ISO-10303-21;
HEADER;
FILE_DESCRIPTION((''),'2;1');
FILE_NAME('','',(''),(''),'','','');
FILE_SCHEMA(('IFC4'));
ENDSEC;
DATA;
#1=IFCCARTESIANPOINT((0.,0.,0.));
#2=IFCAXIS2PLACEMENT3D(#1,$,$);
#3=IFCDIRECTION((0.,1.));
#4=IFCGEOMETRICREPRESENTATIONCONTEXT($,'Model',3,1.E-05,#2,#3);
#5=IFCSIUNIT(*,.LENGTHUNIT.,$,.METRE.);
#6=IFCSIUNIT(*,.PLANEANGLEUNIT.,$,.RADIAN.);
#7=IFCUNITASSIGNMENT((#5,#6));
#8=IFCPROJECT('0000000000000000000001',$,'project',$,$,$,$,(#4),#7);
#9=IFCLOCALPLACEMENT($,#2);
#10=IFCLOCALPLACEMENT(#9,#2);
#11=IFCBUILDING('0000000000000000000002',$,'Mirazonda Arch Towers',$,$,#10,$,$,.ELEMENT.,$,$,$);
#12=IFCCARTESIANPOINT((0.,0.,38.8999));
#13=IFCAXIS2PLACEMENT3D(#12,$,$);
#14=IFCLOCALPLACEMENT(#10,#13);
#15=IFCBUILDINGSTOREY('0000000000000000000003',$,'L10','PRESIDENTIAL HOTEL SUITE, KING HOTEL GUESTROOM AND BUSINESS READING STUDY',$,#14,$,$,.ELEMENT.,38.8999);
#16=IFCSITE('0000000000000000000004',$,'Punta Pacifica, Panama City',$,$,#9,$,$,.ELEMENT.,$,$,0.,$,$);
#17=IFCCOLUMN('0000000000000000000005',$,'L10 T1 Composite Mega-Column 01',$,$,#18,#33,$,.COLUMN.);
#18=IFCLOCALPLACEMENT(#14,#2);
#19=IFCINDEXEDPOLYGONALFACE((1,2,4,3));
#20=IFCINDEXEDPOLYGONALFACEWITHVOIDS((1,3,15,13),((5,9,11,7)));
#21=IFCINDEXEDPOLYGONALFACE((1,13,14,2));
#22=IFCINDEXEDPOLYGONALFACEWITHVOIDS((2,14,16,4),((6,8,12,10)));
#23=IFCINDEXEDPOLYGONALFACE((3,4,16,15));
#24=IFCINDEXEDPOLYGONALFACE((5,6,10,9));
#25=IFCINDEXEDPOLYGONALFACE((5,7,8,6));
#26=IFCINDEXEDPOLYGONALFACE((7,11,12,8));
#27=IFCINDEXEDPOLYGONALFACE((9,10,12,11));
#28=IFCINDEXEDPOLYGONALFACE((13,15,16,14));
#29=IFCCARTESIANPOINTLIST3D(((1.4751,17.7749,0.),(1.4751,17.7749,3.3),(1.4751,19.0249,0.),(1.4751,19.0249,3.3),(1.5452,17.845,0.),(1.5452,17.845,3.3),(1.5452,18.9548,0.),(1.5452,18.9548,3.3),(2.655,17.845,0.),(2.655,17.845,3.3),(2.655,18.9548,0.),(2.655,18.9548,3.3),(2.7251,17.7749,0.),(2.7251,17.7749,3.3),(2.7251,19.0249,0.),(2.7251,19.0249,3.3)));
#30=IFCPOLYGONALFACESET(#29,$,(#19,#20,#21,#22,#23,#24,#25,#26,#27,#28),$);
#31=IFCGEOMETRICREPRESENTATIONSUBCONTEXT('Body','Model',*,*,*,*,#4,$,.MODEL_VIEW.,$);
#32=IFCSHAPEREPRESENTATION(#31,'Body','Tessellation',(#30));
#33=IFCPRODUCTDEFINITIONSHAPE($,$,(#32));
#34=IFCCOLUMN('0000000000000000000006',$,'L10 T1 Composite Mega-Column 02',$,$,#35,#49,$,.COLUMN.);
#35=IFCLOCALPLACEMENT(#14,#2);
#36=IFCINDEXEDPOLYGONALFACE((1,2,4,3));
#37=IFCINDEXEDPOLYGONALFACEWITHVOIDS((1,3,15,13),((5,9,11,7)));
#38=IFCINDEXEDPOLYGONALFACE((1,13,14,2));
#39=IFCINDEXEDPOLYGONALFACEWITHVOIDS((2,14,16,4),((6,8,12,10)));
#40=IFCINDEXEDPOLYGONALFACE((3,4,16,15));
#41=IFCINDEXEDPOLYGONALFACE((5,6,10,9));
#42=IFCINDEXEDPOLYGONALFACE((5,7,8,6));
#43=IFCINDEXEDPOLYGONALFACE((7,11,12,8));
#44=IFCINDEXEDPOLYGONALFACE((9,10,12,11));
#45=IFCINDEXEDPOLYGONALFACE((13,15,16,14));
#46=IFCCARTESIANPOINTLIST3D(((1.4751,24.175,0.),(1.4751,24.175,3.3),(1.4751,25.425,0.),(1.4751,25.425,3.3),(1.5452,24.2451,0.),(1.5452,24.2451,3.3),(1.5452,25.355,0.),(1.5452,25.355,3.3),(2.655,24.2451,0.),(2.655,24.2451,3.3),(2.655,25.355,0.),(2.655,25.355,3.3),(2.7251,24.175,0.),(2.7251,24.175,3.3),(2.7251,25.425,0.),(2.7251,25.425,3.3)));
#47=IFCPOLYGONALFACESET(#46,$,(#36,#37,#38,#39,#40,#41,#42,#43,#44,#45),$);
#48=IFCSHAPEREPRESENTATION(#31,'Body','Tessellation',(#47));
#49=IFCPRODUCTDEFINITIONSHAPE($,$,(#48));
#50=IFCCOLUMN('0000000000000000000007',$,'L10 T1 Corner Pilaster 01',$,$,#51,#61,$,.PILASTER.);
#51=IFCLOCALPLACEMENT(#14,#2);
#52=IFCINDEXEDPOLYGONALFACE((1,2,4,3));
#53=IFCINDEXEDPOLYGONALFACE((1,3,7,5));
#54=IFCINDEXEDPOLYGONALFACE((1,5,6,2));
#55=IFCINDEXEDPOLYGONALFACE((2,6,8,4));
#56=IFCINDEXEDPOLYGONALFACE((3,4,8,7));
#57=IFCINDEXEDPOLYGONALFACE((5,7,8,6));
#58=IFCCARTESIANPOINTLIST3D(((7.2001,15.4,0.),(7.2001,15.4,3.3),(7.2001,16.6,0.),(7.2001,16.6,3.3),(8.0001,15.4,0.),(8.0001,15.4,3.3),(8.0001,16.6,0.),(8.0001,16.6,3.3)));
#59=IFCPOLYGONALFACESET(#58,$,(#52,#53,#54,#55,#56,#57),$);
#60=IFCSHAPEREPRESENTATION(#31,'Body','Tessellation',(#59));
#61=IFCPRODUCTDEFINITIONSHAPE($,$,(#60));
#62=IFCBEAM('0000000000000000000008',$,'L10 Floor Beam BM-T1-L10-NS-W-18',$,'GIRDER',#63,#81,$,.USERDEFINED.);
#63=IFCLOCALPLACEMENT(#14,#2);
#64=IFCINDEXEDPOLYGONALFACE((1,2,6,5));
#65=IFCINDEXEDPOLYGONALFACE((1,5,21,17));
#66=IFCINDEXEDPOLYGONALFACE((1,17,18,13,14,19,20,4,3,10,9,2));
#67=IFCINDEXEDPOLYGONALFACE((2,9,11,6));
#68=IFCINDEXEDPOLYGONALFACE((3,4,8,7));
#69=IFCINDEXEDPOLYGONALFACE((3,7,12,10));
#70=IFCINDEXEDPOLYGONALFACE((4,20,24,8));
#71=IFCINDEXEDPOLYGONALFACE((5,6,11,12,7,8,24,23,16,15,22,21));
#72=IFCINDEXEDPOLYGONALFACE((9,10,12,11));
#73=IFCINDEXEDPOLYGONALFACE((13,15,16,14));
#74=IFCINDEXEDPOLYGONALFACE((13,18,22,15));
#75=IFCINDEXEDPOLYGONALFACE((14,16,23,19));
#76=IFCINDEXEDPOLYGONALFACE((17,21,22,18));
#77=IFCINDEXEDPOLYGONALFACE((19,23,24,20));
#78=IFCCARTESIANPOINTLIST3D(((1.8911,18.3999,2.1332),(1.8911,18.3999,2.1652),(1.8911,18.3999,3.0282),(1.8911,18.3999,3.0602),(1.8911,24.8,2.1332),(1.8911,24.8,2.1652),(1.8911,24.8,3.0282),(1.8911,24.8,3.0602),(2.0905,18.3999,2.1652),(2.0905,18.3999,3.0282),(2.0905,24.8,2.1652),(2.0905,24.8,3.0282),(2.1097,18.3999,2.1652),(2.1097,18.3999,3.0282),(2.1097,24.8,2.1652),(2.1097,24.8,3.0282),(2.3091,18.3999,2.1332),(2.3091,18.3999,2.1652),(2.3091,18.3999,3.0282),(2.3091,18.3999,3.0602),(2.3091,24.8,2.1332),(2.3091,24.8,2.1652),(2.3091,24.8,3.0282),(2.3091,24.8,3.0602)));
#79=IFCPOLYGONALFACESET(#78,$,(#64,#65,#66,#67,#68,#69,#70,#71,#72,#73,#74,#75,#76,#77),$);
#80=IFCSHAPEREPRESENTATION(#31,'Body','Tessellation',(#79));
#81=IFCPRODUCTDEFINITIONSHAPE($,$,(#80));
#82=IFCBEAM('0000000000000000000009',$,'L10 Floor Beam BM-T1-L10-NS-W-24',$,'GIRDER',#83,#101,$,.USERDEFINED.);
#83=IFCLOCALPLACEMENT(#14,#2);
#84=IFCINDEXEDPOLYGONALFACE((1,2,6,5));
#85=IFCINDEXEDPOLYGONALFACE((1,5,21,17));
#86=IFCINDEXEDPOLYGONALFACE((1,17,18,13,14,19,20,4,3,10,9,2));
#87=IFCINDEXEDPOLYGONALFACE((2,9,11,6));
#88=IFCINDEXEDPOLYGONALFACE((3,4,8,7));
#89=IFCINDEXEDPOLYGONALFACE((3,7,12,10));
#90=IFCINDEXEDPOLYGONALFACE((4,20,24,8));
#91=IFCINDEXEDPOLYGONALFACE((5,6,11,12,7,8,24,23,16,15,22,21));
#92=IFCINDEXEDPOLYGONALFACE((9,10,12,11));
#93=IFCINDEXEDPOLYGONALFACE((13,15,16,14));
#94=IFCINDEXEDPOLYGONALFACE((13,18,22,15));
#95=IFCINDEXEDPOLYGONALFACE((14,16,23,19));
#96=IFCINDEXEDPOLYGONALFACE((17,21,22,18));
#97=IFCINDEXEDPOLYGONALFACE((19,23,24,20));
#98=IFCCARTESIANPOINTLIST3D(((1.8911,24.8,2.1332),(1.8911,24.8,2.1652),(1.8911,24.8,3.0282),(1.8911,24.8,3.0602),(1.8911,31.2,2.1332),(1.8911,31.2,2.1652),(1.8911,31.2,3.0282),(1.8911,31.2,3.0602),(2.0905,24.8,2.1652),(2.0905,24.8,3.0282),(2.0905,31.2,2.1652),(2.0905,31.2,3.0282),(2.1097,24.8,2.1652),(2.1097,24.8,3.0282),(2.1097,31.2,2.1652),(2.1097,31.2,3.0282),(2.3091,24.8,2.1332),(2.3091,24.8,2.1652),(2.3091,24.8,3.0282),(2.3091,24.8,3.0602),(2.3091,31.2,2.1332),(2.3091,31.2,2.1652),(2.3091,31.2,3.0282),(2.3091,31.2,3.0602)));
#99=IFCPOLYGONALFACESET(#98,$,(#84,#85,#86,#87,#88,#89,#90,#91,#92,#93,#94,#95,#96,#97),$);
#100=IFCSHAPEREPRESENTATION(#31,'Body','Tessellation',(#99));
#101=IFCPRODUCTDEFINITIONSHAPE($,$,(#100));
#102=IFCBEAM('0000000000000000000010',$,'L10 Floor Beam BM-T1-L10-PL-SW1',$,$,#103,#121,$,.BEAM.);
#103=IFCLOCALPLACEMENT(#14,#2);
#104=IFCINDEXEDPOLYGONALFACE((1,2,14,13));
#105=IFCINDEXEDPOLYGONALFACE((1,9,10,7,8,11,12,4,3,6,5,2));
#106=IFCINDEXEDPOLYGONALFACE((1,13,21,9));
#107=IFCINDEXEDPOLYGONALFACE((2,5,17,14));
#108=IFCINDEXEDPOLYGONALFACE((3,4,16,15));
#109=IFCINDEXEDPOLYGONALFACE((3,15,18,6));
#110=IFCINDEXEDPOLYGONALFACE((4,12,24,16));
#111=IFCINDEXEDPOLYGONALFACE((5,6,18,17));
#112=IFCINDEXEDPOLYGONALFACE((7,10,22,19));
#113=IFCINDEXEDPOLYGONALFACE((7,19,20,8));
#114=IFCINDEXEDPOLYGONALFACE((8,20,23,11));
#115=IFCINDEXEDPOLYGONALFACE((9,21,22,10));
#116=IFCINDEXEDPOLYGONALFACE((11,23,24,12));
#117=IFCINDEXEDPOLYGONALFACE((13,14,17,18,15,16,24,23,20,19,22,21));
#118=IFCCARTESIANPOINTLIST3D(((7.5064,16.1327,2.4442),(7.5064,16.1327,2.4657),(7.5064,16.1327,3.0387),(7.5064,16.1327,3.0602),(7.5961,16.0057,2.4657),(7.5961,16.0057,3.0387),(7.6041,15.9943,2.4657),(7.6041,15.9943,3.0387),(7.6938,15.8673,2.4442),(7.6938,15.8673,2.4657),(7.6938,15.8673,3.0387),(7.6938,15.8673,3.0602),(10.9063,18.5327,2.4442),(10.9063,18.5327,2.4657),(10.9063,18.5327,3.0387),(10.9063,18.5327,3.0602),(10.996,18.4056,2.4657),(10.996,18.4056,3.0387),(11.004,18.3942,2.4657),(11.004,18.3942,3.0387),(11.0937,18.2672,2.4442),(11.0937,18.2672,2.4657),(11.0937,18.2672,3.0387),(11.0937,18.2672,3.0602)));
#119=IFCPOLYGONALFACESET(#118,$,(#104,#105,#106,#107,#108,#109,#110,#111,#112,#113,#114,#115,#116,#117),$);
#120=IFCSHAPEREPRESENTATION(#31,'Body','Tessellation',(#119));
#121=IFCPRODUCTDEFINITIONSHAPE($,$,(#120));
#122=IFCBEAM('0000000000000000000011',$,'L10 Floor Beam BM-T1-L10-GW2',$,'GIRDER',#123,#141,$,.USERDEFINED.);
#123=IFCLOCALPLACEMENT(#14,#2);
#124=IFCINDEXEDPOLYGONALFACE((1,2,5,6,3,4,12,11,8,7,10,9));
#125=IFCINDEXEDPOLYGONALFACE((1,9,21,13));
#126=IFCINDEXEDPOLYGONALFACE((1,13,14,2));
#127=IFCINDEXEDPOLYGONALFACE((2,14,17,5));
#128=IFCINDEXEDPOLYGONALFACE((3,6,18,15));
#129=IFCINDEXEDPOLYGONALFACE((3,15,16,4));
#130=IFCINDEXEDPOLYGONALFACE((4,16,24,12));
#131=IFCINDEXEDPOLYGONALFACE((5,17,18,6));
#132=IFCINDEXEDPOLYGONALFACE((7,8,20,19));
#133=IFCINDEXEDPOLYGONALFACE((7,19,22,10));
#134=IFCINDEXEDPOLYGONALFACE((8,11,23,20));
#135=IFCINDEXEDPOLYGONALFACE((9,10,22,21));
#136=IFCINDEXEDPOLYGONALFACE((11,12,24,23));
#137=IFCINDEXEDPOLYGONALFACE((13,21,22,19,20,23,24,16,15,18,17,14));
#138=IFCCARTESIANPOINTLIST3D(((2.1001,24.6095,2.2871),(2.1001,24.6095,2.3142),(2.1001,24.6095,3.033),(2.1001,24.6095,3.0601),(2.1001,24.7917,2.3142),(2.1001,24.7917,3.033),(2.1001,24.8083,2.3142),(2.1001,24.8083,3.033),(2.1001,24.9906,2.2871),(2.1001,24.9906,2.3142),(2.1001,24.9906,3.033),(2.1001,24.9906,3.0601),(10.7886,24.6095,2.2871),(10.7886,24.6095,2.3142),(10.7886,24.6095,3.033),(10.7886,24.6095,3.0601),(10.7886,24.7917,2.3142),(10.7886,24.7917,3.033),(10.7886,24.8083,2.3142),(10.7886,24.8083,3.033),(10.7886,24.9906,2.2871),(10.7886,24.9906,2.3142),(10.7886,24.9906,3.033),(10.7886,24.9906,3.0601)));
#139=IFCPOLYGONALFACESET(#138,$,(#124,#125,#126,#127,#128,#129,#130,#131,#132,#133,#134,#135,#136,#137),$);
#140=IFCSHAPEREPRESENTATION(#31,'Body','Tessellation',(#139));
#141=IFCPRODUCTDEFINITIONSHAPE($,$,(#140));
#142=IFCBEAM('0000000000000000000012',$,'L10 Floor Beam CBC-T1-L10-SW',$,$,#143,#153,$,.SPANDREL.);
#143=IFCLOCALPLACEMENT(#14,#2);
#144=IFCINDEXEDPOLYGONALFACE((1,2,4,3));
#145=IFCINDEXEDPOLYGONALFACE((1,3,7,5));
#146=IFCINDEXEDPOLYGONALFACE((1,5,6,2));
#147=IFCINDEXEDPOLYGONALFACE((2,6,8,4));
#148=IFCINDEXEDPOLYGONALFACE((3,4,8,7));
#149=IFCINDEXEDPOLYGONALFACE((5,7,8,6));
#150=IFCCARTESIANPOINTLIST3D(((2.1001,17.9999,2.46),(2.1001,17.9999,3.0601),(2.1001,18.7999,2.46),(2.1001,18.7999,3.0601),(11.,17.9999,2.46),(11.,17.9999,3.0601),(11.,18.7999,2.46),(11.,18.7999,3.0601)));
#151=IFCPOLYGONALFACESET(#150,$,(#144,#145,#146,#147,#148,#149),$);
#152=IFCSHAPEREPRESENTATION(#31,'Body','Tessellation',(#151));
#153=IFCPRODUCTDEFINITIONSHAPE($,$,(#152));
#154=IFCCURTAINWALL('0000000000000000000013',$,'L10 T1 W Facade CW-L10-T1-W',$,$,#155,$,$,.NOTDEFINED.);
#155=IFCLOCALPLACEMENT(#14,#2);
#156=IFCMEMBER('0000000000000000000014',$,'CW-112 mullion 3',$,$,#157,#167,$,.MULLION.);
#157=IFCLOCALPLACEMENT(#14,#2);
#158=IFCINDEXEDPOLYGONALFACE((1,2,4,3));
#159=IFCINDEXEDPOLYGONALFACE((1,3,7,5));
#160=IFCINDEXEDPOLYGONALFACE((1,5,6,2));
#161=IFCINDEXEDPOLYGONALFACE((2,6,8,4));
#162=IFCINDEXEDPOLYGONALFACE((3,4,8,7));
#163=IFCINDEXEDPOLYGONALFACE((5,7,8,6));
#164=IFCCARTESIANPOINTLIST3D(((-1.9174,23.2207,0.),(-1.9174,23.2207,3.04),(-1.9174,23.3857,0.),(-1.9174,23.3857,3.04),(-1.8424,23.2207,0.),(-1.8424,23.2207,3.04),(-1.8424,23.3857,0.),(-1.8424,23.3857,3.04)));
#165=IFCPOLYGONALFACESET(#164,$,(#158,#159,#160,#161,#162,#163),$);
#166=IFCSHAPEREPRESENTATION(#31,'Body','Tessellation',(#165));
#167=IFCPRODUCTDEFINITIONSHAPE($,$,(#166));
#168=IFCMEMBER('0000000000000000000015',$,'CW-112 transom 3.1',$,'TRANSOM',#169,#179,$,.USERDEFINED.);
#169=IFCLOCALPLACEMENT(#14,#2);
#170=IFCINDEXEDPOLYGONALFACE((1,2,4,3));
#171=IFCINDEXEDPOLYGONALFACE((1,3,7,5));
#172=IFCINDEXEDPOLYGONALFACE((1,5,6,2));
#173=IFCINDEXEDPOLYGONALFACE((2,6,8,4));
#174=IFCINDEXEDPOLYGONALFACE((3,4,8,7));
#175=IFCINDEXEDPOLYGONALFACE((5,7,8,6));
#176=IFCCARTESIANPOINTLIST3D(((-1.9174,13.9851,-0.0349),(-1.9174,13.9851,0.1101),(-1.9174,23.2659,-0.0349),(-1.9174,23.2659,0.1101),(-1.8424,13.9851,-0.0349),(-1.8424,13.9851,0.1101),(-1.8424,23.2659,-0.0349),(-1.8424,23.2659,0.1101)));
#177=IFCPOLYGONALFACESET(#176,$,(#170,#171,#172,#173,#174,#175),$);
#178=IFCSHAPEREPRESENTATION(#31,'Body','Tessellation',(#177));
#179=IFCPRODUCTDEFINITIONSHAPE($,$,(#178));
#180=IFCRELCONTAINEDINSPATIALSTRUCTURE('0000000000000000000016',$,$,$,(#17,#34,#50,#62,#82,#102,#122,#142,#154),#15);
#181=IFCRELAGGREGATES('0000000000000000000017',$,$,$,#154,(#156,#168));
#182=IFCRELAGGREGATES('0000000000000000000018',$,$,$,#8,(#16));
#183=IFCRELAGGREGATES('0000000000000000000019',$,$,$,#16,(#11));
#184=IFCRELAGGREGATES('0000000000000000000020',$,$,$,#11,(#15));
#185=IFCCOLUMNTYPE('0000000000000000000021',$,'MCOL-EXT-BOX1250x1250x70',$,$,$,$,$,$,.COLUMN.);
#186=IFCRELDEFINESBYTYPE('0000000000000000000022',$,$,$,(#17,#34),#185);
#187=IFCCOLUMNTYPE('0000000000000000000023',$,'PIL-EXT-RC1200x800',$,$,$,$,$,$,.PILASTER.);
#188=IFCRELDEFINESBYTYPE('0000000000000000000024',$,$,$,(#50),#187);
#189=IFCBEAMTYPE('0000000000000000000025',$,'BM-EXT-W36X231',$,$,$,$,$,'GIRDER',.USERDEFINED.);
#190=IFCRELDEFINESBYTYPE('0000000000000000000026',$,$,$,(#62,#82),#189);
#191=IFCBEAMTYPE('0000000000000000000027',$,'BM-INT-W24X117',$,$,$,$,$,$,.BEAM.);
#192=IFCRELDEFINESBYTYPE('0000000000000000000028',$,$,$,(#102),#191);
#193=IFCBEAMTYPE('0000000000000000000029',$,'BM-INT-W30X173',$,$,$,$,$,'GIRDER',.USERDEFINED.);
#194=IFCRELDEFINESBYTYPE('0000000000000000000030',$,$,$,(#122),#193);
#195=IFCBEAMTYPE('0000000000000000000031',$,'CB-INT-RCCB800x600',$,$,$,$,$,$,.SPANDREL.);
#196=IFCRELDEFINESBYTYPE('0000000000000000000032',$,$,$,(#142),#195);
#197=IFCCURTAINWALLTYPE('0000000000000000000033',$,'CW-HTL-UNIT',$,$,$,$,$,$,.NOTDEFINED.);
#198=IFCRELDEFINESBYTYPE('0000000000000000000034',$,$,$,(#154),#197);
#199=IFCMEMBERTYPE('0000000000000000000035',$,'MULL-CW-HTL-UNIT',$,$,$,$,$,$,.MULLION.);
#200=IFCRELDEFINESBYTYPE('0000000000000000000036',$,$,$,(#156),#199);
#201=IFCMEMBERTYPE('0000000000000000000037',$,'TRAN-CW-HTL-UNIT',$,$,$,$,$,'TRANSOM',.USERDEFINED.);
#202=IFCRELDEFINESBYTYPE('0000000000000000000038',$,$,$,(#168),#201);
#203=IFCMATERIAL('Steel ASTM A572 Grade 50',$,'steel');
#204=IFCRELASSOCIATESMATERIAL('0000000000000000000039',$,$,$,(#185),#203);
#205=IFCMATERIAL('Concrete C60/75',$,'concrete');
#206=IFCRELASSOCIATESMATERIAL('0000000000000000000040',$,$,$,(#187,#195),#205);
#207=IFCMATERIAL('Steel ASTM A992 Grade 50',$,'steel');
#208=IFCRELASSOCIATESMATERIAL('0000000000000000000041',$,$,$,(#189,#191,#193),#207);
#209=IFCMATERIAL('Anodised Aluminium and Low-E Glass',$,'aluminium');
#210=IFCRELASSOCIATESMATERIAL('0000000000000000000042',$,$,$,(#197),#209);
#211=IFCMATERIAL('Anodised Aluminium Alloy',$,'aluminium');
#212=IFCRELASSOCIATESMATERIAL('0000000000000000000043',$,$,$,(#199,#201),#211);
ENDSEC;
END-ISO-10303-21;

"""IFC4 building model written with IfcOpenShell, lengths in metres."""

from ifc_helpers import new_model, si_unit, direction, frame, origin, origin_2d, place, context, subcontext, project, spatial, rectangle, hollow_rectangle, i_section, extrude, material, material_profile, profile_set, type_object, element, aggregate, save


model = new_model("IFC4")

# Units and contexts
model_context = context("Model", 3, precision=1e-05, world=origin(), true_north=direction((0.0, 1.0)))
body_context = subcontext(model_context, "Body", "Model", "MODEL_VIEW")
ifc_project = project(units=[si_unit("LENGTHUNIT", "METRE"), si_unit("PLANEANGLEUNIT", "RADIAN")], contexts=[model_context])

# Site, building, storey
site_placement = place(None, origin())
site = spatial("IfcSite", under=ifc_project, at=site_placement, Name="Punta Pacifica, Panama City", CompositionType="ELEMENT", RefElevation=0.0)
building_placement = place(site_placement, origin())
building = spatial("IfcBuilding", under=site, at=building_placement, Name="Mirazonda Arch Towers", CompositionType="ELEMENT")
storey_placement = place(building_placement, frame((0.0, 0.0, 38.8999)))
storey = spatial("IfcBuildingStorey", under=building, at=storey_placement, Name="L10", Description="PRESIDENTIAL HOTEL SUITE, KING HOTEL GUESTROOM AND BUSINESS READING STUDY", CompositionType="ELEMENT", Elevation=38.8999)

# Columns
ifc_material_1 = material(Name="Steel ASTM A572 Grade 50", Category="steel")
ifc_material_profile_1 = material_profile(ifc_material_1, hollow_rectangle(XDim=1.25, YDim=1.25, WallThickness=0.0701, at=origin_2d()), Name="BOX1250x1250x70")
ifc_profile_set_1 = profile_set([ifc_material_profile_1], Name="Steel ASTM A572 Grade 50")
column_type_1 = type_object("IfcColumnType", Name="MCOL-EXT-BOX1250x1250x70", PredefinedType="COLUMN", material=ifc_profile_set_1)
for number, where, z_axis, x_axis, name in (
    (1, (2.1001, 18.3999, 0.0), (0.0, 0.0, 1.0), (1.0, 0.0, 0.0), "L10 T1 Composite Mega-Column 01"),
    (2, (2.1001, 24.8, 0.0), (0.0, 0.0, 1.0), (1.0, 0.0, 0.0), "L10 T1 Composite Mega-Column 02"),
):
    element("IfcColumn", number, at=place(storey_placement, frame(where, z_axis=z_axis, x_axis=x_axis)), inside=storey, type_object=column_type_1, Name=name, PredefinedType="COLUMN", context=body_context, shape_type="SweptSolid", body=[
        extrude(hollow_rectangle(XDim=1.25, YDim=1.25, WallThickness=0.0701, at=origin_2d()), origin(), (0.0, 0.0, 1.0), 3.3),
    ])
ifc_material_2 = material(Name="Concrete C60/75", Category="concrete")
ifc_material_profile_2 = material_profile(ifc_material_2, rectangle(XDim=0.8, YDim=1.2, at=origin_2d()), Name="RC1200x800")
ifc_profile_set_2 = profile_set([ifc_material_profile_2], Name="Concrete C60/75")
column_type_2 = type_object("IfcColumnType", Name="PIL-EXT-RC1200x800", PredefinedType="PILASTER", material=ifc_profile_set_2)
column_placement = place(storey_placement, frame((7.6001, 16.0, 0.0), z_axis=(0.0, 0.0, 1.0), x_axis=(1.0, 0.0, 0.0)))
element("IfcColumn", 3, at=column_placement, inside=storey, type_object=column_type_2, Name="L10 T1 Corner Pilaster 01", PredefinedType="PILASTER", context=body_context, shape_type="SweptSolid", body=[
    extrude(rectangle(XDim=0.8, YDim=1.2, at=origin_2d()), origin(), (0.0, 0.0, 1.0), 3.3),
])

# Beams
ifc_material_3 = material(Name="Steel ASTM A992 Grade 50", Category="steel")
ifc_material_profile_3 = material_profile(ifc_material_3, i_section(OverallWidth=0.418, OverallDepth=0.927, WebThickness=0.0193, FlangeThickness=0.032, at=origin_2d()), Name="W36X231")
ifc_profile_set_3 = profile_set([ifc_material_profile_3], Name="Steel ASTM A992 Grade 50")
beam_type_1 = type_object("IfcBeamType", Name="BM-EXT-W36X231", ElementType="GIRDER", PredefinedType="USERDEFINED", material=ifc_profile_set_3)
beam_1_placement = place(storey_placement, frame((2.1001, 18.3999, 2.5967), z_axis=(0.0, 1.0, 0.0), x_axis=(-1.0, 0.0, 0.0)))
element("IfcBeam", 4, at=beam_1_placement, inside=storey, type_object=beam_type_1, Name="L10 Floor Beam BM-T1-L10-NS-W-18", ObjectType="GIRDER", PredefinedType="USERDEFINED", context=body_context, shape_type="SweptSolid", body=[
    extrude(i_section(OverallWidth=0.418, OverallDepth=0.927, WebThickness=0.0193, FlangeThickness=0.032, at=origin_2d()), origin(), (0.0, 0.0, 1.0), 6.4001),
])
beam_2_placement = place(storey_placement, frame((2.1001, 24.8, 2.5967), z_axis=(0.0, 1.0, 0.0), x_axis=(-1.0, 0.0, 0.0)))
element("IfcBeam", 5, at=beam_2_placement, inside=storey, type_object=beam_type_1, Name="L10 Floor Beam BM-T1-L10-NS-W-24", ObjectType="GIRDER", PredefinedType="USERDEFINED", context=body_context, shape_type="SweptSolid", body=[
    extrude(i_section(OverallWidth=0.418, OverallDepth=0.927, WebThickness=0.0193, FlangeThickness=0.032, at=origin_2d()), origin(), (0.0, 0.0, 1.0), 6.3999),
])
ifc_material_profile_4 = material_profile(ifc_material_3, i_section(OverallWidth=0.325, OverallDepth=0.616, WebThickness=0.0139, FlangeThickness=0.0215, at=origin_2d()), Name="W24X117")
ifc_profile_set_4 = profile_set([ifc_material_profile_4], Name="Steel ASTM A992 Grade 50")
beam_type_2 = type_object("IfcBeamType", Name="BM-INT-W24X117", PredefinedType="BEAM", material=ifc_profile_set_4)
beam_3_placement = place(storey_placement, frame((7.6001, 16.0, 2.7522), z_axis=(0.816971, 0.576679, 0.0), x_axis=(-0.576679, 0.816971, 0.0)))
element("IfcBeam", 6, at=beam_3_placement, inside=storey, type_object=beam_type_2, Name="L10 Floor Beam BM-T1-L10-PL-SW1", PredefinedType="BEAM", context=body_context, shape_type="SweptSolid", body=[
    extrude(i_section(OverallWidth=0.325, OverallDepth=0.616, WebThickness=0.0139, FlangeThickness=0.0215, at=origin_2d()), origin(), (0.0, 0.0, 1.0), 4.1616),
])
ifc_material_profile_5 = material_profile(ifc_material_3, i_section(OverallWidth=0.3811, OverallDepth=0.7729, WebThickness=0.0166, FlangeThickness=0.0271, at=origin_2d()), Name="W30X173")
ifc_profile_set_5 = profile_set([ifc_material_profile_5], Name="Steel ASTM A992 Grade 50")
beam_type_3 = type_object("IfcBeamType", Name="BM-INT-W30X173", ElementType="GIRDER", PredefinedType="USERDEFINED", material=ifc_profile_set_5)
beam_4_placement = place(storey_placement, frame((2.1001, 24.8, 2.6736), z_axis=(1.0, 0.0, 0.0), x_axis=(0.0, 1.0, 0.0)))
element("IfcBeam", 7, at=beam_4_placement, inside=storey, type_object=beam_type_3, Name="L10 Floor Beam BM-T1-L10-GW2", ObjectType="GIRDER", PredefinedType="USERDEFINED", context=body_context, shape_type="SweptSolid", body=[
    extrude(i_section(OverallWidth=0.3811, OverallDepth=0.7729, WebThickness=0.0166, FlangeThickness=0.0271, at=origin_2d()), origin(), (0.0, 0.0, 1.0), 8.6885),
])
ifc_material_profile_6 = material_profile(ifc_material_2, rectangle(XDim=0.8, YDim=0.6001, at=origin_2d()), Name="RCCB800x600")
ifc_profile_set_6 = profile_set([ifc_material_profile_6], Name="Concrete C60/75")
beam_type_4 = type_object("IfcBeamType", Name="CB-INT-RCCB800x600", PredefinedType="SPANDREL", material=ifc_profile_set_6)
beam_5_placement = place(storey_placement, frame((2.1001, 18.3999, 2.76), z_axis=(1.0, 0.0, 0.0), x_axis=(0.0, 1.0, 0.0)))
element("IfcBeam", 8, at=beam_5_placement, inside=storey, type_object=beam_type_4, Name="L10 Floor Beam CBC-T1-L10-SW", PredefinedType="SPANDREL", context=body_context, shape_type="SweptSolid", body=[
    extrude(rectangle(XDim=0.8, YDim=0.6001, at=origin_2d()), origin(), (0.0, 0.0, 1.0), 8.8999),
])

# Curtain wall, members
ifc_material_4 = material(Name="Anodised Aluminium and Low-E Glass", Category="aluminium")
curtain_wall_type = type_object("IfcCurtainWallType", Name="CW-HTL-UNIT", PredefinedType="NOTDEFINED", material=ifc_material_4)
curtain_wall_placement = place(storey_placement, origin())
curtain_wall = element("IfcCurtainWall", 9, at=curtain_wall_placement, inside=storey, type_object=curtain_wall_type, Name="L10 T1 W Facade CW-L10-T1-W", PredefinedType="NOTDEFINED")
ifc_material_5 = material(Name="Anodised Aluminium Alloy", Category="aluminium")
ifc_material_profile_7 = material_profile(ifc_material_5, rectangle(XDim=0.075, YDim=0.165, at=origin_2d()), Name="ALU-MULL-75x165")
ifc_profile_set_7 = profile_set([ifc_material_profile_7], Name="Anodised Aluminium Alloy")
member_type_1 = type_object("IfcMemberType", Name="MULL-CW-HTL-UNIT", PredefinedType="MULLION", material=ifc_profile_set_7)
member_1_placement = place(storey_placement, frame((-1.8799, 23.3032, 0.0), z_axis=(0.0, 0.0, 1.0), x_axis=(1.0, 0.0, 0.0)))
member_1 = element("IfcMember", 10, at=member_1_placement, type_object=member_type_1, Name="CW-112 mullion 3", PredefinedType="MULLION", context=body_context, shape_type="SweptSolid", body=[
    extrude(rectangle(XDim=0.075, YDim=0.165, at=origin_2d()), origin(), (0.0, 0.0, 1.0), 3.04),
])
ifc_material_profile_8 = material_profile(ifc_material_5, rectangle(XDim=0.075, YDim=0.145, at=origin_2d()), Name="ALU-TRAN-75x145")
ifc_profile_set_8 = profile_set([ifc_material_profile_8], Name="Anodised Aluminium Alloy")
member_type_2 = type_object("IfcMemberType", Name="TRAN-CW-HTL-UNIT", ElementType="TRANSOM", PredefinedType="USERDEFINED", material=ifc_profile_set_8)
member_2_placement = place(storey_placement, frame((-1.8799, 23.2659, 0.0376), z_axis=(0.0, -1.0, 0.0), x_axis=(1.0, 0.0, 0.0)))
member_2 = element("IfcMember", 11, at=member_2_placement, type_object=member_type_2, Name="CW-112 transom 3.1", ObjectType="TRANSOM", PredefinedType="USERDEFINED", context=body_context, shape_type="SweptSolid", body=[
    extrude(rectangle(XDim=0.075, YDim=0.145, at=origin_2d()), origin(), (0.0, 0.0, 1.0), 9.2808),
])
aggregate(curtain_wall, [member_1, member_2])

save(model, "model.ifc")
